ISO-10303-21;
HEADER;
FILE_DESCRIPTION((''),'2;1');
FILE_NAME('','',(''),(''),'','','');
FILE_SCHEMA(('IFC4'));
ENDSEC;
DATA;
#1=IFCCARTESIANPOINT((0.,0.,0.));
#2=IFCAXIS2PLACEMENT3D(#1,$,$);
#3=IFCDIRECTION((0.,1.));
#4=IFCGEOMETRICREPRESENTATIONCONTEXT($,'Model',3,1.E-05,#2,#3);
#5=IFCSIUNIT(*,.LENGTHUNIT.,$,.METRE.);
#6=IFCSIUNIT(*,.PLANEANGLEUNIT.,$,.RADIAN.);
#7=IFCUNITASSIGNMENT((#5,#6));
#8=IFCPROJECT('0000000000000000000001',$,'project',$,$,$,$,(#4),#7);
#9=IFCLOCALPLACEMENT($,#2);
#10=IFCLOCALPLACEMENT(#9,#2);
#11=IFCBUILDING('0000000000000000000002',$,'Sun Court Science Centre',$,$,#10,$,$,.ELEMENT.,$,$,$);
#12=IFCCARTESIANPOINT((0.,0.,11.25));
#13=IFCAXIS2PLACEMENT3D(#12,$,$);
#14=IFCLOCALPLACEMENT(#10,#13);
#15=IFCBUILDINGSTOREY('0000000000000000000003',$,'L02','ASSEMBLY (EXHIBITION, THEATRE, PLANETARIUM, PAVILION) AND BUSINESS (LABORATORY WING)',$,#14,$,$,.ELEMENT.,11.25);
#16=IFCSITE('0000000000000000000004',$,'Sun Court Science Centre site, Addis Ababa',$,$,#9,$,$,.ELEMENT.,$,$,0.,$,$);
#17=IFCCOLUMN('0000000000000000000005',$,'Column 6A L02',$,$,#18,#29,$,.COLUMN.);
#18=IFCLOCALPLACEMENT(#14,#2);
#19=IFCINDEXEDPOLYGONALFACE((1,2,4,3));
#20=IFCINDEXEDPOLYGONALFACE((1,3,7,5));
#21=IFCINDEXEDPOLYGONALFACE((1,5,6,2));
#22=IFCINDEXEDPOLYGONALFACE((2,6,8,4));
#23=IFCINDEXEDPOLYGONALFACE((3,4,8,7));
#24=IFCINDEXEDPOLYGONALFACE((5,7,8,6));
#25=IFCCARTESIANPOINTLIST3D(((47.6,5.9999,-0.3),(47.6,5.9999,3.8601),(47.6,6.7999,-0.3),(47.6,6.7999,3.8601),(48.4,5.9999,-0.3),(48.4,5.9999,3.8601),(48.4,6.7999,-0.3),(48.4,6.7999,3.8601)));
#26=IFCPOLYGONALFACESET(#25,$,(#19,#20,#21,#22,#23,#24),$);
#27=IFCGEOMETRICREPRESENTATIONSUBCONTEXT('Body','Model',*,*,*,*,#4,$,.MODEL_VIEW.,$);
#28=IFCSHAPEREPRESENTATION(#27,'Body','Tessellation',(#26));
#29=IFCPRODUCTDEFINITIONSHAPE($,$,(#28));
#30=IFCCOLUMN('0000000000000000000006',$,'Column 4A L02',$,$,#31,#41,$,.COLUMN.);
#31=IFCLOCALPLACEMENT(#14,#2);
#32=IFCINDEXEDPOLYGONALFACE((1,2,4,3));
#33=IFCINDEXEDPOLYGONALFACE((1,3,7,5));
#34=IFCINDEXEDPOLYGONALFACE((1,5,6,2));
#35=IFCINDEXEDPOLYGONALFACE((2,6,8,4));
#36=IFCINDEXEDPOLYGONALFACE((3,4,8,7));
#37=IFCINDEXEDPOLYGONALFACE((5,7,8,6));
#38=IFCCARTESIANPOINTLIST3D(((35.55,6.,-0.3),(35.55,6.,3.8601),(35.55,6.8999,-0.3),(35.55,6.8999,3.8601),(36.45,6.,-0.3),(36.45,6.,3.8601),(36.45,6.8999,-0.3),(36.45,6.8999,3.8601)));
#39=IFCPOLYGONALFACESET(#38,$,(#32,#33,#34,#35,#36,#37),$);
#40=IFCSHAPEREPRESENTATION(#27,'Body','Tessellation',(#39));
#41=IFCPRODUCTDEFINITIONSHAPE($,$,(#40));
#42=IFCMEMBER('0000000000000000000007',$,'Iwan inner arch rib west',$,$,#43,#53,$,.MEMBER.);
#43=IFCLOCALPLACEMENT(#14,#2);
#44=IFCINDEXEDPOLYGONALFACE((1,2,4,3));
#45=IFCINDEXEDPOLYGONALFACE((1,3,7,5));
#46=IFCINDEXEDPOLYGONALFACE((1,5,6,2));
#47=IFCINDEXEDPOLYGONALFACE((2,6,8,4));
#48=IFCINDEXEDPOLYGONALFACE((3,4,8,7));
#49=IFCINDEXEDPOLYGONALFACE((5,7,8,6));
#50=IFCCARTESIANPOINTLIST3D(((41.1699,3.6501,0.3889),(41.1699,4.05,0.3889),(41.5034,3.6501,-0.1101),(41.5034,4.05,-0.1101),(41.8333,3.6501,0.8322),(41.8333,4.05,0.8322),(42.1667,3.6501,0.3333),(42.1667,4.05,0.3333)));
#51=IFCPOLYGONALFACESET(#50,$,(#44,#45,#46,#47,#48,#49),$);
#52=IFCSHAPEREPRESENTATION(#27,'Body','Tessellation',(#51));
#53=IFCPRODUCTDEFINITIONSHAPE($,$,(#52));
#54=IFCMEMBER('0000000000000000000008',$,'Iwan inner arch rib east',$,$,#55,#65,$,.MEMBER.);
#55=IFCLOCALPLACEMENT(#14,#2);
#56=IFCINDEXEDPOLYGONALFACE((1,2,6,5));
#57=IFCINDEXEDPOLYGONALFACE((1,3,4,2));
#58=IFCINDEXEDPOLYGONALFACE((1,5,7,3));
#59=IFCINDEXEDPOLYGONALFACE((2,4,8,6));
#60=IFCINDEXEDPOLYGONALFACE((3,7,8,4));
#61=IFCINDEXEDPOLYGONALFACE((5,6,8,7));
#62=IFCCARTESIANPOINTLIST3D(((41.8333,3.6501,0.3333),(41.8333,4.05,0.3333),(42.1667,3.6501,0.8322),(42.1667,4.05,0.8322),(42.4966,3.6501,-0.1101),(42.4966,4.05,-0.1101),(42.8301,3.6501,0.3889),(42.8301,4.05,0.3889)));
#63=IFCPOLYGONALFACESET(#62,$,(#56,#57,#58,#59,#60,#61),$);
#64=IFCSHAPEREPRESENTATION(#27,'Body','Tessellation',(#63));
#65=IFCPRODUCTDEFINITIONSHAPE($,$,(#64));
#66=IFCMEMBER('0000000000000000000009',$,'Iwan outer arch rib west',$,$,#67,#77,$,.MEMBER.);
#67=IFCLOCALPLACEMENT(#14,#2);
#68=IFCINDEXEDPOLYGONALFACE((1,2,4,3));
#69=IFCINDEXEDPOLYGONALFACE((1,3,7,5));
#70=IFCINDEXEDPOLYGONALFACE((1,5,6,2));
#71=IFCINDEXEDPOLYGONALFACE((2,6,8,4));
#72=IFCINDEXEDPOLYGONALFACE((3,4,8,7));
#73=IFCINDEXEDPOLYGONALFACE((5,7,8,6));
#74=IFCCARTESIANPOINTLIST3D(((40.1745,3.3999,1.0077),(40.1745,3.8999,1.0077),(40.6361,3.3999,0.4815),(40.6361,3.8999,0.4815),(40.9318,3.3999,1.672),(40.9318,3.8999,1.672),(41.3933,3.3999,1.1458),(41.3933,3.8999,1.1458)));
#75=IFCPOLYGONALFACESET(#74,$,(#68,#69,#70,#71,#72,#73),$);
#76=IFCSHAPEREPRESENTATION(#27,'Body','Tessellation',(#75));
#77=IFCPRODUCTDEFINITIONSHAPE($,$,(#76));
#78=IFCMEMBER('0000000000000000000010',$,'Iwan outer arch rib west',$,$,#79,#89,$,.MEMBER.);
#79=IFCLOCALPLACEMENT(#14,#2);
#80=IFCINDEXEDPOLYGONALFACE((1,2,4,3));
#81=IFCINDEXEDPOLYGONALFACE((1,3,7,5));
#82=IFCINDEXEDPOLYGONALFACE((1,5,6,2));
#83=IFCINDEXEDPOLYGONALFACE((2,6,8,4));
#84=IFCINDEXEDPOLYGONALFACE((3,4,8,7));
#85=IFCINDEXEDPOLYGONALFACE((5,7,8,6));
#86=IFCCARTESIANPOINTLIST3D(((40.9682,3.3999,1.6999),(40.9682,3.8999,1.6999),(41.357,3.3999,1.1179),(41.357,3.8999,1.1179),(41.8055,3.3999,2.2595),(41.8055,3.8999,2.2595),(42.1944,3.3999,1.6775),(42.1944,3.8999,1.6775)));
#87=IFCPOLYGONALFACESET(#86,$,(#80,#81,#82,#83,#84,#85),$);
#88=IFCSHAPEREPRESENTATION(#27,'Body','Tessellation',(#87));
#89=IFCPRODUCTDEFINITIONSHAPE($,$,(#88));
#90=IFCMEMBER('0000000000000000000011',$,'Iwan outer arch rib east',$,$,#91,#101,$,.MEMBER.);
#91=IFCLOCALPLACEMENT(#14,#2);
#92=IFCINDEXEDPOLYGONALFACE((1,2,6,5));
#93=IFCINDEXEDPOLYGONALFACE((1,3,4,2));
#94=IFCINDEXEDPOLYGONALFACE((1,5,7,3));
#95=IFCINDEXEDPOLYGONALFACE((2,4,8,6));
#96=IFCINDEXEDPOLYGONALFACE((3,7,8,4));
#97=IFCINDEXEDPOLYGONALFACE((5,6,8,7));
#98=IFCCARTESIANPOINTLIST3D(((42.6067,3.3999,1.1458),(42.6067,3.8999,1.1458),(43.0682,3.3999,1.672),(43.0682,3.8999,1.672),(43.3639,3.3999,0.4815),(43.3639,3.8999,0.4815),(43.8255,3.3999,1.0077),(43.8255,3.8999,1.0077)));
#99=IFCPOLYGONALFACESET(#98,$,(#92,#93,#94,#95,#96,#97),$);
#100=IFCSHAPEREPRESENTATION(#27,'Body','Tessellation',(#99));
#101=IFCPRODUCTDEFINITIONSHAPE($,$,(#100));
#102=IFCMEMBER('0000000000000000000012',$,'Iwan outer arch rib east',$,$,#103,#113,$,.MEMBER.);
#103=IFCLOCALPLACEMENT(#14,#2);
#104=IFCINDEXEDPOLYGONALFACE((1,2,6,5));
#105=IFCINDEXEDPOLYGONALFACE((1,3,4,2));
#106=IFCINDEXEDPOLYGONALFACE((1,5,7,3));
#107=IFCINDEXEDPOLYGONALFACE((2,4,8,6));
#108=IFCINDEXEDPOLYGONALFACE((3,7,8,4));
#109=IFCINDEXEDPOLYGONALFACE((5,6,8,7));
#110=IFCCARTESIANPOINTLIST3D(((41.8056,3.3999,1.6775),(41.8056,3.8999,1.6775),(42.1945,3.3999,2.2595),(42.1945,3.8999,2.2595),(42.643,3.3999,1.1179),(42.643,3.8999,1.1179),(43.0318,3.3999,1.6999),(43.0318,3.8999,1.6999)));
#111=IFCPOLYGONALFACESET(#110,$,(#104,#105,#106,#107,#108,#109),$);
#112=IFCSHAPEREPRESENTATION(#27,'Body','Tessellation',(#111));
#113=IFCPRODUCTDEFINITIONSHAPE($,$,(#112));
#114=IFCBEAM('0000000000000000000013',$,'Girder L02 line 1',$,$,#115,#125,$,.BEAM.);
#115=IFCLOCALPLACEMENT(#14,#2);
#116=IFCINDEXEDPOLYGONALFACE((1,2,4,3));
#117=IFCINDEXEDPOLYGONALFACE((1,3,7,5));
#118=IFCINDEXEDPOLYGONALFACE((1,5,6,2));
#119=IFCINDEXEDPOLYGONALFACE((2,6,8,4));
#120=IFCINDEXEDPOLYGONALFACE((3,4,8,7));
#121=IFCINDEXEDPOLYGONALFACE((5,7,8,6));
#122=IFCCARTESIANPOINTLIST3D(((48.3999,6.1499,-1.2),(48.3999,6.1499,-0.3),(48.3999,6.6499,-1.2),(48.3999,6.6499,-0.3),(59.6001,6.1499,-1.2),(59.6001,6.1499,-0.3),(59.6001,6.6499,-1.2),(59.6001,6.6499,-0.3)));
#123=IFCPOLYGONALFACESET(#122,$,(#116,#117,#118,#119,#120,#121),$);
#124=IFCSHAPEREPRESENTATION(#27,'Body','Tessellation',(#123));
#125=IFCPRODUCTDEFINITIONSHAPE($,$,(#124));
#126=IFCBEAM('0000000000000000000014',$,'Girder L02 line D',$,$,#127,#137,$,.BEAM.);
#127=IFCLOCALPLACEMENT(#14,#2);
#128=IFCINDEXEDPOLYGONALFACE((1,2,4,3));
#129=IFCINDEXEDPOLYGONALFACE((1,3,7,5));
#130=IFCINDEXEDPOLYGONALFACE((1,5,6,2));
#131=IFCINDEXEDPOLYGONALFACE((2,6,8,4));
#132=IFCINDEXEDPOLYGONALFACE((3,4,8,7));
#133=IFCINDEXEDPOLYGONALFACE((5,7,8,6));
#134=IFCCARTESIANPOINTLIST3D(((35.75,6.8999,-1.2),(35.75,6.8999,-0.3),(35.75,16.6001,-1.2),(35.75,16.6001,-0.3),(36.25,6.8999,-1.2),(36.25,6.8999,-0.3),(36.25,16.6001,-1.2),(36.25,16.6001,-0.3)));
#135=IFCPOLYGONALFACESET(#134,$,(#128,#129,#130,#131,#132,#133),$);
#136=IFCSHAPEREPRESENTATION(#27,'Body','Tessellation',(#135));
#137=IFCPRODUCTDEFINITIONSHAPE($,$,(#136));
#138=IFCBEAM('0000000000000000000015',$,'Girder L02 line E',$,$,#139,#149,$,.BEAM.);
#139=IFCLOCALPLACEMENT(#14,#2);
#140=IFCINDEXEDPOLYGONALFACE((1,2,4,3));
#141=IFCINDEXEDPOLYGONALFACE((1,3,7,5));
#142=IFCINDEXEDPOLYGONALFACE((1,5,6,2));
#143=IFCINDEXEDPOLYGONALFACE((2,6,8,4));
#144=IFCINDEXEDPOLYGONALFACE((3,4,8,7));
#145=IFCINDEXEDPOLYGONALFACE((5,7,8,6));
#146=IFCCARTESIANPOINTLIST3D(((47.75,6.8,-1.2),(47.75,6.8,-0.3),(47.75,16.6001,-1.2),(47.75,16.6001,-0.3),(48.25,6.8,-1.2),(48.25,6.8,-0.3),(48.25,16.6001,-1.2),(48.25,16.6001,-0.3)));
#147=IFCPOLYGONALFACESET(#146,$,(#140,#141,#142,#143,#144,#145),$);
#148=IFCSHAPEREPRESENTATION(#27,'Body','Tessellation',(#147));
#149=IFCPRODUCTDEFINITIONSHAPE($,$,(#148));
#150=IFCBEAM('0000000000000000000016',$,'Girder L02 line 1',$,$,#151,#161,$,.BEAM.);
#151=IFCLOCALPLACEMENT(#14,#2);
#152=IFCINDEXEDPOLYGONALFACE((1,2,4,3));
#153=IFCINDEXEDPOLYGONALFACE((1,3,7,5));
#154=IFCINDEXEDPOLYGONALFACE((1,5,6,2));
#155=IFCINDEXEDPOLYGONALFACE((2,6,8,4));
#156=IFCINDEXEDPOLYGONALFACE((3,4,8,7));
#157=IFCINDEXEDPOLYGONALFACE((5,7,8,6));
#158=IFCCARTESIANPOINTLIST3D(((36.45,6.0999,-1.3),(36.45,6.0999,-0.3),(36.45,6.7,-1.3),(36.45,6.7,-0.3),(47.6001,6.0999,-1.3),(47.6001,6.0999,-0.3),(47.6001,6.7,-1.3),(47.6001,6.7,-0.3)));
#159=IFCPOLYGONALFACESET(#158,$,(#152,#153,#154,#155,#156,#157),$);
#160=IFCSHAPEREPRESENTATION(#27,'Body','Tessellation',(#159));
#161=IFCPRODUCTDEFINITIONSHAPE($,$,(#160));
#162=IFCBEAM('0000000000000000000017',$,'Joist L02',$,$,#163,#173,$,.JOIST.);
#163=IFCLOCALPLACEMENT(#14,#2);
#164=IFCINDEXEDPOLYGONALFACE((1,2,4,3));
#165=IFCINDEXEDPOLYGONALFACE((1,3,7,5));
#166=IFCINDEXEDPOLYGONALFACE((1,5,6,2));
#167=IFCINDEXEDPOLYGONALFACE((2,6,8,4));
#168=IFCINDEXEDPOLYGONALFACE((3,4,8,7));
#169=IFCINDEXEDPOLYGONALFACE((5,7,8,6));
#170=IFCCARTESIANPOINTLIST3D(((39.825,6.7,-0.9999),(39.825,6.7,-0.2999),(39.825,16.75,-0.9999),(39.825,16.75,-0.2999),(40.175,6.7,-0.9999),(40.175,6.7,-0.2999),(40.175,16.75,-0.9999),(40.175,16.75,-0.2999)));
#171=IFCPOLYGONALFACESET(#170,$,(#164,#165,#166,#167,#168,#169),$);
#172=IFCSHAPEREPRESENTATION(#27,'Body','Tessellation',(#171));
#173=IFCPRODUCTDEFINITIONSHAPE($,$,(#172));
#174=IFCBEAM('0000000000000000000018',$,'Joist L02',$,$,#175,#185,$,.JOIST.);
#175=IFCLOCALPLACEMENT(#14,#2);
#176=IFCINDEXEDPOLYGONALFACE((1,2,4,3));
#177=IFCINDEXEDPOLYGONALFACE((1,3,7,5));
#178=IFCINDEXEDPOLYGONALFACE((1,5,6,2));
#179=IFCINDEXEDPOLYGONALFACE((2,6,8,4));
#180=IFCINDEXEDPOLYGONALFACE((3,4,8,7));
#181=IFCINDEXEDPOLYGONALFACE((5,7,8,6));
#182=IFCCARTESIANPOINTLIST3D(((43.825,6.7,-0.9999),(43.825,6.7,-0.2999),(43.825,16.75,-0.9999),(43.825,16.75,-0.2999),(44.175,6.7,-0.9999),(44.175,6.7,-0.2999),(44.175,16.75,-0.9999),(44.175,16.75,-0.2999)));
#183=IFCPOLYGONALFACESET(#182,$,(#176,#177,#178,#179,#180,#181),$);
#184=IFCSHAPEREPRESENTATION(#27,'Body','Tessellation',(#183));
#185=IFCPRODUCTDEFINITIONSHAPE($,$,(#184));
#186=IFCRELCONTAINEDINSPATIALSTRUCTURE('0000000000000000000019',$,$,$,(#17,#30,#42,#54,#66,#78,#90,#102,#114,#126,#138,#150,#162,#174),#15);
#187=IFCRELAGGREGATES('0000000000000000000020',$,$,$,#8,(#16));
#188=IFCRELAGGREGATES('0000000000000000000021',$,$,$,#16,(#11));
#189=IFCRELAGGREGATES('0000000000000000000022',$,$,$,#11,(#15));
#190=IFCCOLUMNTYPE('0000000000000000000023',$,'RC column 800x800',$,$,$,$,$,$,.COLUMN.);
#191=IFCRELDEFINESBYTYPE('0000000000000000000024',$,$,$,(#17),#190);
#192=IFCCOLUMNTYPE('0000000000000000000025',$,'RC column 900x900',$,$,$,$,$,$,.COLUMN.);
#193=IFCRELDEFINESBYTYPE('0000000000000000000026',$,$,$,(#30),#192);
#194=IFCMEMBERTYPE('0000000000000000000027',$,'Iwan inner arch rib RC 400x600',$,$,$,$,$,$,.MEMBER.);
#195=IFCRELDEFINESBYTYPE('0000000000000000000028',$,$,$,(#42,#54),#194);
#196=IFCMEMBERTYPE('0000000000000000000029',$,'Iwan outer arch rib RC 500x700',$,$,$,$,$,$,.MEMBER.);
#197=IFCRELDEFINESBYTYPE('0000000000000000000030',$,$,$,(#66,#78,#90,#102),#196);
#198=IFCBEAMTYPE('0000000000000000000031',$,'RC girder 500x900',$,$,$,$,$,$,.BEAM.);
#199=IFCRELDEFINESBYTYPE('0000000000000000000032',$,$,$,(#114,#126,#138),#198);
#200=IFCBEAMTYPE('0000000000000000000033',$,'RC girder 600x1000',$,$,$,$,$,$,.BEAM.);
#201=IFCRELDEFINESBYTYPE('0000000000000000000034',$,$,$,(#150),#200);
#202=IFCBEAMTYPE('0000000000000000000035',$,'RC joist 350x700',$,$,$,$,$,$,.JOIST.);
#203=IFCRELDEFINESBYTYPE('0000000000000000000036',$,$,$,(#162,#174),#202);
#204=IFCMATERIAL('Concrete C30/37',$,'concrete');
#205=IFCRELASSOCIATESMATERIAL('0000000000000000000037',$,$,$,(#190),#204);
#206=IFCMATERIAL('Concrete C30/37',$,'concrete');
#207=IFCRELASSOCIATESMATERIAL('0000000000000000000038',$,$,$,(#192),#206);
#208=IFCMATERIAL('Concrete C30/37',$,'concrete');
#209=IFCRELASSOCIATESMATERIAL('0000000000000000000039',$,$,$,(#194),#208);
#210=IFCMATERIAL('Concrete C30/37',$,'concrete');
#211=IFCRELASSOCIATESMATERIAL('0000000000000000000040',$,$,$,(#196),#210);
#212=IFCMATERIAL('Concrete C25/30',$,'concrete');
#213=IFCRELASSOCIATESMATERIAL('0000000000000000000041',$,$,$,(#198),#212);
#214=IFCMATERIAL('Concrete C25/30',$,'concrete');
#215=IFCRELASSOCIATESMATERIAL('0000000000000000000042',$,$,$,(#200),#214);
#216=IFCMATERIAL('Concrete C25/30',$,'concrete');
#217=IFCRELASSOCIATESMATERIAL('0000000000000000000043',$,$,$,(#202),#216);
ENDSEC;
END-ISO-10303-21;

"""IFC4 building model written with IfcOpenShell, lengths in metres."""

from ifc_helpers import new_model, si_unit, direction, frame, origin, origin_2d, place, context, subcontext, project, spatial, rectangle, extrude, material, material_profile, profile_set, type_object, element, save


model = new_model("IFC4")

# Units and contexts
model_context = context("Model", 3, precision=1e-05, world=origin(), true_north=direction((0.0, 1.0)))
body_context = subcontext(model_context, "Body", "Model", "MODEL_VIEW")
ifc_project = project(units=[si_unit("LENGTHUNIT", "METRE"), si_unit("PLANEANGLEUNIT", "RADIAN")], contexts=[model_context])

# Site, building, storey
site_placement = place(None, origin())
site = spatial("IfcSite", under=ifc_project, at=site_placement, Name="Sun Court Science Centre site, Addis Ababa", CompositionType="ELEMENT", RefElevation=0.0)
building_placement = place(site_placement, origin())
building = spatial("IfcBuilding", under=site, at=building_placement, Name="Sun Court Science Centre", CompositionType="ELEMENT")
storey_placement = place(building_placement, frame((0.0, 0.0, 11.25)))
storey = spatial("IfcBuildingStorey", under=building, at=storey_placement, Name="L02", Description="ASSEMBLY (EXHIBITION, THEATRE, PLANETARIUM, PAVILION) AND BUSINESS (LABORATORY WING)", CompositionType="ELEMENT", Elevation=11.25)

# Columns
ifc_material_1 = material(Name="Concrete C30/37", Category="concrete")
ifc_material_profile_1 = material_profile(ifc_material_1, rectangle(XDim=0.8, YDim=0.8, at=origin_2d()), Name="RC 800x800")
ifc_profile_set_1 = profile_set([ifc_material_profile_1], Name="Concrete C30/37")
column_type_1 = type_object("IfcColumnType", Name="RC column 800x800", PredefinedType="COLUMN", material=ifc_profile_set_1)
column_1_placement = place(storey_placement, frame((48.0, 6.3999, -0.3), z_axis=(0.0, 0.0, 1.0), x_axis=(1.0, 0.0, 0.0)))
element("IfcColumn", 1, at=column_1_placement, inside=storey, type_object=column_type_1, Name="Column 6A L02", PredefinedType="COLUMN", context=body_context, shape_type="SweptSolid", body=[
    extrude(rectangle(XDim=0.8, YDim=0.8, at=origin_2d()), origin(), (0.0, 0.0, 1.0), 4.1602),
])
ifc_material_2 = material(Name="Concrete C30/37", Category="concrete")
ifc_material_profile_2 = material_profile(ifc_material_2, rectangle(XDim=0.8999, YDim=0.8999, at=origin_2d()), Name="RC 900x900")
ifc_profile_set_2 = profile_set([ifc_material_profile_2], Name="Concrete C30/37")
column_type_2 = type_object("IfcColumnType", Name="RC column 900x900", PredefinedType="COLUMN", material=ifc_profile_set_2)
column_2_placement = place(storey_placement, frame((36.0, 6.45, -0.3), z_axis=(0.0, 0.0, 1.0), x_axis=(1.0, 0.0, 0.0)))
element("IfcColumn", 2, at=column_2_placement, inside=storey, type_object=column_type_2, Name="Column 4A L02", PredefinedType="COLUMN", context=body_context, shape_type="SweptSolid", body=[
    extrude(rectangle(XDim=0.8999, YDim=0.8999, at=origin_2d()), origin(), (0.0, 0.0, 1.0), 4.1602),
])

# Members
ifc_material_3 = material(Name="Concrete C30/37", Category="concrete")
ifc_material_profile_3 = material_profile(ifc_material_3, rectangle(XDim=0.3999, YDim=0.6001, at=origin_2d()), Name="RC 400x600")
ifc_profile_set_3 = profile_set([ifc_material_profile_3], Name="Concrete C30/37")
member_type_1 = type_object("IfcMemberType", Name="Iwan inner arch rib RC 400x600", PredefinedType="MEMBER", material=ifc_profile_set_3)
for number, where, z_axis, x_axis, name in (
    (3, (41.3367, 3.8501, 0.1394), (0.831391, 0.0, 0.555688), (0.0, 1.0, 0.0), "Iwan inner arch rib west"),
    (4, (42.6633, 3.8501, 0.1394), (-0.831391, 0.0, 0.555688), (0.0, -1.0, 0.0), "Iwan inner arch rib east"),
):
    element("IfcMember", number, at=place(storey_placement, frame(where, z_axis=z_axis, x_axis=x_axis)), inside=storey, type_object=member_type_1, Name=name, PredefinedType="MEMBER", context=body_context, shape_type="SweptSolid", body=[
        extrude(rectangle(XDim=0.3999, YDim=0.6001, at=origin_2d()), origin(), (0.0, 0.0, 1.0), 0.7979),
    ])
ifc_material_4 = material(Name="Concrete C30/37", Category="concrete")
ifc_material_profile_4 = material_profile(ifc_material_4, rectangle(XDim=0.5, YDim=0.7, at=origin_2d()), Name="RC 500x700")
ifc_profile_set_4 = profile_set([ifc_material_profile_4], Name="Concrete C30/37")
member_type_2 = type_object("IfcMemberType", Name="Iwan outer arch rib RC 500x700", PredefinedType="MEMBER", material=ifc_profile_set_4)
member_1_placement = place(storey_placement, frame((40.4053, 3.6499, 0.7446), z_axis=(0.751765, 0.0, 0.659431), x_axis=(0.0, 1.0, 0.0)))
element("IfcMember", 5, at=member_1_placement, inside=storey, type_object=member_type_2, Name="Iwan outer arch rib west", PredefinedType="MEMBER", context=body_context, shape_type="SweptSolid", body=[
    extrude(rectangle(XDim=0.5, YDim=0.7, at=origin_2d()), origin(), (0.0, 0.0, 1.0), 1.0073),
])
member_2_placement = place(storey_placement, frame((41.1626, 3.6499, 1.4089), z_axis=(0.831453, 0.0, 0.555595), x_axis=(0.0, 1.0, 0.0)))
element("IfcMember", 6, at=member_2_placement, inside=storey, type_object=member_type_2, Name="Iwan outer arch rib west", PredefinedType="MEMBER", context=body_context, shape_type="SweptSolid", body=[
    extrude(rectangle(XDim=0.5, YDim=0.7, at=origin_2d()), origin(), (0.0, 0.0, 1.0), 1.0071),
])
member_3_placement = place(storey_placement, frame((43.5947, 3.6499, 0.7446), z_axis=(-0.751765, 0.0, 0.659431), x_axis=(0.0, -1.0, 0.0)))
element("IfcMember", 7, at=member_3_placement, inside=storey, type_object=member_type_2, Name="Iwan outer arch rib east", PredefinedType="MEMBER", context=body_context, shape_type="SweptSolid", body=[
    extrude(rectangle(XDim=0.5, YDim=0.7, at=origin_2d()), origin(), (0.0, 0.0, 1.0), 1.0073),
])
member_4_placement = place(storey_placement, frame((42.8374, 3.6499, 1.4089), z_axis=(-0.831453, 0.0, 0.555595), x_axis=(0.0, -1.0, 0.0)))
element("IfcMember", 8, at=member_4_placement, inside=storey, type_object=member_type_2, Name="Iwan outer arch rib east", PredefinedType="MEMBER", context=body_context, shape_type="SweptSolid", body=[
    extrude(rectangle(XDim=0.5, YDim=0.7, at=origin_2d()), origin(), (0.0, 0.0, 1.0), 1.0071),
])

# Beams
ifc_material_5 = material(Name="Concrete C25/30", Category="concrete")
ifc_material_profile_5 = material_profile(ifc_material_5, rectangle(XDim=0.5, YDim=0.8999, at=origin_2d()), Name="RC 500x900")
ifc_profile_set_5 = profile_set([ifc_material_profile_5], Name="Concrete C25/30")
beam_type_1 = type_object("IfcBeamType", Name="RC girder 500x900", PredefinedType="BEAM", material=ifc_profile_set_5)
beam_1_placement = place(storey_placement, frame((48.3999, 6.3999, -0.75), z_axis=(1.0, 0.0, 0.0), x_axis=(0.0, 1.0, 0.0)))
element("IfcBeam", 9, at=beam_1_placement, inside=storey, type_object=beam_type_1, Name="Girder L02 line 1", PredefinedType="BEAM", context=body_context, shape_type="SweptSolid", body=[
    extrude(rectangle(XDim=0.5, YDim=0.8999, at=origin_2d()), origin(), (0.0, 0.0, 1.0), 11.2002),
])
beam_2_placement = place(storey_placement, frame((36.0, 6.8999, -0.75), z_axis=(0.0, 1.0, 0.0), x_axis=(-1.0, 0.0, 0.0)))
element("IfcBeam", 10, at=beam_2_placement, inside=storey, type_object=beam_type_1, Name="Girder L02 line D", PredefinedType="BEAM", context=body_context, shape_type="SweptSolid", body=[
    extrude(rectangle(XDim=0.5, YDim=0.8999, at=origin_2d()), origin(), (0.0, 0.0, 1.0), 9.7002),
])
beam_3_placement = place(storey_placement, frame((48.0, 6.8, -0.75), z_axis=(0.0, 1.0, 0.0), x_axis=(-1.0, 0.0, 0.0)))
element("IfcBeam", 11, at=beam_3_placement, inside=storey, type_object=beam_type_1, Name="Girder L02 line E", PredefinedType="BEAM", context=body_context, shape_type="SweptSolid", body=[
    extrude(rectangle(XDim=0.5, YDim=0.8999, at=origin_2d()), origin(), (0.0, 0.0, 1.0), 9.8),
])
ifc_material_6 = material(Name="Concrete C25/30", Category="concrete")
ifc_material_profile_6 = material_profile(ifc_material_6, rectangle(XDim=0.6001, YDim=1.0, at=origin_2d()), Name="RC 600x1000")
ifc_profile_set_6 = profile_set([ifc_material_profile_6], Name="Concrete C25/30")
beam_type_2 = type_object("IfcBeamType", Name="RC girder 600x1000", PredefinedType="BEAM", material=ifc_profile_set_6)
beam_4_placement = place(storey_placement, frame((36.45, 6.3999, -0.8), z_axis=(1.0, 0.0, 0.0), x_axis=(0.0, 1.0, 0.0)))
element("IfcBeam", 12, at=beam_4_placement, inside=storey, type_object=beam_type_2, Name="Girder L02 line 1", PredefinedType="BEAM", context=body_context, shape_type="SweptSolid", body=[
    extrude(rectangle(XDim=0.6001, YDim=1.0, at=origin_2d()), origin(), (0.0, 0.0, 1.0), 11.1501),
])
ifc_material_7 = material(Name="Concrete C25/30", Category="concrete")
ifc_material_profile_7 = material_profile(ifc_material_7, rectangle(XDim=0.3501, YDim=0.7, at=origin_2d()), Name="RC 350x700")
ifc_profile_set_7 = profile_set([ifc_material_profile_7], Name="Concrete C25/30")
beam_type_3 = type_object("IfcBeamType", Name="RC joist 350x700", PredefinedType="JOIST", material=ifc_profile_set_7)
for number, where, z_axis, x_axis, name in (
    (13, (40.0, 6.7, -0.6499), (0.0, 1.0, 0.0), (-1.0, 0.0, 0.0), "Joist L02"),
    (14, (44.0, 6.7, -0.6499), (0.0, 1.0, 0.0), (-1.0, 0.0, 0.0), "Joist L02"),
):
    element("IfcBeam", number, at=place(storey_placement, frame(where, z_axis=z_axis, x_axis=x_axis)), inside=storey, type_object=beam_type_3, Name=name, PredefinedType="JOIST", context=body_context, shape_type="SweptSolid", body=[
        extrude(rectangle(XDim=0.3501, YDim=0.7, at=origin_2d()), origin(), (0.0, 0.0, 1.0), 10.05),
    ])

save(model, "model.ifc")
